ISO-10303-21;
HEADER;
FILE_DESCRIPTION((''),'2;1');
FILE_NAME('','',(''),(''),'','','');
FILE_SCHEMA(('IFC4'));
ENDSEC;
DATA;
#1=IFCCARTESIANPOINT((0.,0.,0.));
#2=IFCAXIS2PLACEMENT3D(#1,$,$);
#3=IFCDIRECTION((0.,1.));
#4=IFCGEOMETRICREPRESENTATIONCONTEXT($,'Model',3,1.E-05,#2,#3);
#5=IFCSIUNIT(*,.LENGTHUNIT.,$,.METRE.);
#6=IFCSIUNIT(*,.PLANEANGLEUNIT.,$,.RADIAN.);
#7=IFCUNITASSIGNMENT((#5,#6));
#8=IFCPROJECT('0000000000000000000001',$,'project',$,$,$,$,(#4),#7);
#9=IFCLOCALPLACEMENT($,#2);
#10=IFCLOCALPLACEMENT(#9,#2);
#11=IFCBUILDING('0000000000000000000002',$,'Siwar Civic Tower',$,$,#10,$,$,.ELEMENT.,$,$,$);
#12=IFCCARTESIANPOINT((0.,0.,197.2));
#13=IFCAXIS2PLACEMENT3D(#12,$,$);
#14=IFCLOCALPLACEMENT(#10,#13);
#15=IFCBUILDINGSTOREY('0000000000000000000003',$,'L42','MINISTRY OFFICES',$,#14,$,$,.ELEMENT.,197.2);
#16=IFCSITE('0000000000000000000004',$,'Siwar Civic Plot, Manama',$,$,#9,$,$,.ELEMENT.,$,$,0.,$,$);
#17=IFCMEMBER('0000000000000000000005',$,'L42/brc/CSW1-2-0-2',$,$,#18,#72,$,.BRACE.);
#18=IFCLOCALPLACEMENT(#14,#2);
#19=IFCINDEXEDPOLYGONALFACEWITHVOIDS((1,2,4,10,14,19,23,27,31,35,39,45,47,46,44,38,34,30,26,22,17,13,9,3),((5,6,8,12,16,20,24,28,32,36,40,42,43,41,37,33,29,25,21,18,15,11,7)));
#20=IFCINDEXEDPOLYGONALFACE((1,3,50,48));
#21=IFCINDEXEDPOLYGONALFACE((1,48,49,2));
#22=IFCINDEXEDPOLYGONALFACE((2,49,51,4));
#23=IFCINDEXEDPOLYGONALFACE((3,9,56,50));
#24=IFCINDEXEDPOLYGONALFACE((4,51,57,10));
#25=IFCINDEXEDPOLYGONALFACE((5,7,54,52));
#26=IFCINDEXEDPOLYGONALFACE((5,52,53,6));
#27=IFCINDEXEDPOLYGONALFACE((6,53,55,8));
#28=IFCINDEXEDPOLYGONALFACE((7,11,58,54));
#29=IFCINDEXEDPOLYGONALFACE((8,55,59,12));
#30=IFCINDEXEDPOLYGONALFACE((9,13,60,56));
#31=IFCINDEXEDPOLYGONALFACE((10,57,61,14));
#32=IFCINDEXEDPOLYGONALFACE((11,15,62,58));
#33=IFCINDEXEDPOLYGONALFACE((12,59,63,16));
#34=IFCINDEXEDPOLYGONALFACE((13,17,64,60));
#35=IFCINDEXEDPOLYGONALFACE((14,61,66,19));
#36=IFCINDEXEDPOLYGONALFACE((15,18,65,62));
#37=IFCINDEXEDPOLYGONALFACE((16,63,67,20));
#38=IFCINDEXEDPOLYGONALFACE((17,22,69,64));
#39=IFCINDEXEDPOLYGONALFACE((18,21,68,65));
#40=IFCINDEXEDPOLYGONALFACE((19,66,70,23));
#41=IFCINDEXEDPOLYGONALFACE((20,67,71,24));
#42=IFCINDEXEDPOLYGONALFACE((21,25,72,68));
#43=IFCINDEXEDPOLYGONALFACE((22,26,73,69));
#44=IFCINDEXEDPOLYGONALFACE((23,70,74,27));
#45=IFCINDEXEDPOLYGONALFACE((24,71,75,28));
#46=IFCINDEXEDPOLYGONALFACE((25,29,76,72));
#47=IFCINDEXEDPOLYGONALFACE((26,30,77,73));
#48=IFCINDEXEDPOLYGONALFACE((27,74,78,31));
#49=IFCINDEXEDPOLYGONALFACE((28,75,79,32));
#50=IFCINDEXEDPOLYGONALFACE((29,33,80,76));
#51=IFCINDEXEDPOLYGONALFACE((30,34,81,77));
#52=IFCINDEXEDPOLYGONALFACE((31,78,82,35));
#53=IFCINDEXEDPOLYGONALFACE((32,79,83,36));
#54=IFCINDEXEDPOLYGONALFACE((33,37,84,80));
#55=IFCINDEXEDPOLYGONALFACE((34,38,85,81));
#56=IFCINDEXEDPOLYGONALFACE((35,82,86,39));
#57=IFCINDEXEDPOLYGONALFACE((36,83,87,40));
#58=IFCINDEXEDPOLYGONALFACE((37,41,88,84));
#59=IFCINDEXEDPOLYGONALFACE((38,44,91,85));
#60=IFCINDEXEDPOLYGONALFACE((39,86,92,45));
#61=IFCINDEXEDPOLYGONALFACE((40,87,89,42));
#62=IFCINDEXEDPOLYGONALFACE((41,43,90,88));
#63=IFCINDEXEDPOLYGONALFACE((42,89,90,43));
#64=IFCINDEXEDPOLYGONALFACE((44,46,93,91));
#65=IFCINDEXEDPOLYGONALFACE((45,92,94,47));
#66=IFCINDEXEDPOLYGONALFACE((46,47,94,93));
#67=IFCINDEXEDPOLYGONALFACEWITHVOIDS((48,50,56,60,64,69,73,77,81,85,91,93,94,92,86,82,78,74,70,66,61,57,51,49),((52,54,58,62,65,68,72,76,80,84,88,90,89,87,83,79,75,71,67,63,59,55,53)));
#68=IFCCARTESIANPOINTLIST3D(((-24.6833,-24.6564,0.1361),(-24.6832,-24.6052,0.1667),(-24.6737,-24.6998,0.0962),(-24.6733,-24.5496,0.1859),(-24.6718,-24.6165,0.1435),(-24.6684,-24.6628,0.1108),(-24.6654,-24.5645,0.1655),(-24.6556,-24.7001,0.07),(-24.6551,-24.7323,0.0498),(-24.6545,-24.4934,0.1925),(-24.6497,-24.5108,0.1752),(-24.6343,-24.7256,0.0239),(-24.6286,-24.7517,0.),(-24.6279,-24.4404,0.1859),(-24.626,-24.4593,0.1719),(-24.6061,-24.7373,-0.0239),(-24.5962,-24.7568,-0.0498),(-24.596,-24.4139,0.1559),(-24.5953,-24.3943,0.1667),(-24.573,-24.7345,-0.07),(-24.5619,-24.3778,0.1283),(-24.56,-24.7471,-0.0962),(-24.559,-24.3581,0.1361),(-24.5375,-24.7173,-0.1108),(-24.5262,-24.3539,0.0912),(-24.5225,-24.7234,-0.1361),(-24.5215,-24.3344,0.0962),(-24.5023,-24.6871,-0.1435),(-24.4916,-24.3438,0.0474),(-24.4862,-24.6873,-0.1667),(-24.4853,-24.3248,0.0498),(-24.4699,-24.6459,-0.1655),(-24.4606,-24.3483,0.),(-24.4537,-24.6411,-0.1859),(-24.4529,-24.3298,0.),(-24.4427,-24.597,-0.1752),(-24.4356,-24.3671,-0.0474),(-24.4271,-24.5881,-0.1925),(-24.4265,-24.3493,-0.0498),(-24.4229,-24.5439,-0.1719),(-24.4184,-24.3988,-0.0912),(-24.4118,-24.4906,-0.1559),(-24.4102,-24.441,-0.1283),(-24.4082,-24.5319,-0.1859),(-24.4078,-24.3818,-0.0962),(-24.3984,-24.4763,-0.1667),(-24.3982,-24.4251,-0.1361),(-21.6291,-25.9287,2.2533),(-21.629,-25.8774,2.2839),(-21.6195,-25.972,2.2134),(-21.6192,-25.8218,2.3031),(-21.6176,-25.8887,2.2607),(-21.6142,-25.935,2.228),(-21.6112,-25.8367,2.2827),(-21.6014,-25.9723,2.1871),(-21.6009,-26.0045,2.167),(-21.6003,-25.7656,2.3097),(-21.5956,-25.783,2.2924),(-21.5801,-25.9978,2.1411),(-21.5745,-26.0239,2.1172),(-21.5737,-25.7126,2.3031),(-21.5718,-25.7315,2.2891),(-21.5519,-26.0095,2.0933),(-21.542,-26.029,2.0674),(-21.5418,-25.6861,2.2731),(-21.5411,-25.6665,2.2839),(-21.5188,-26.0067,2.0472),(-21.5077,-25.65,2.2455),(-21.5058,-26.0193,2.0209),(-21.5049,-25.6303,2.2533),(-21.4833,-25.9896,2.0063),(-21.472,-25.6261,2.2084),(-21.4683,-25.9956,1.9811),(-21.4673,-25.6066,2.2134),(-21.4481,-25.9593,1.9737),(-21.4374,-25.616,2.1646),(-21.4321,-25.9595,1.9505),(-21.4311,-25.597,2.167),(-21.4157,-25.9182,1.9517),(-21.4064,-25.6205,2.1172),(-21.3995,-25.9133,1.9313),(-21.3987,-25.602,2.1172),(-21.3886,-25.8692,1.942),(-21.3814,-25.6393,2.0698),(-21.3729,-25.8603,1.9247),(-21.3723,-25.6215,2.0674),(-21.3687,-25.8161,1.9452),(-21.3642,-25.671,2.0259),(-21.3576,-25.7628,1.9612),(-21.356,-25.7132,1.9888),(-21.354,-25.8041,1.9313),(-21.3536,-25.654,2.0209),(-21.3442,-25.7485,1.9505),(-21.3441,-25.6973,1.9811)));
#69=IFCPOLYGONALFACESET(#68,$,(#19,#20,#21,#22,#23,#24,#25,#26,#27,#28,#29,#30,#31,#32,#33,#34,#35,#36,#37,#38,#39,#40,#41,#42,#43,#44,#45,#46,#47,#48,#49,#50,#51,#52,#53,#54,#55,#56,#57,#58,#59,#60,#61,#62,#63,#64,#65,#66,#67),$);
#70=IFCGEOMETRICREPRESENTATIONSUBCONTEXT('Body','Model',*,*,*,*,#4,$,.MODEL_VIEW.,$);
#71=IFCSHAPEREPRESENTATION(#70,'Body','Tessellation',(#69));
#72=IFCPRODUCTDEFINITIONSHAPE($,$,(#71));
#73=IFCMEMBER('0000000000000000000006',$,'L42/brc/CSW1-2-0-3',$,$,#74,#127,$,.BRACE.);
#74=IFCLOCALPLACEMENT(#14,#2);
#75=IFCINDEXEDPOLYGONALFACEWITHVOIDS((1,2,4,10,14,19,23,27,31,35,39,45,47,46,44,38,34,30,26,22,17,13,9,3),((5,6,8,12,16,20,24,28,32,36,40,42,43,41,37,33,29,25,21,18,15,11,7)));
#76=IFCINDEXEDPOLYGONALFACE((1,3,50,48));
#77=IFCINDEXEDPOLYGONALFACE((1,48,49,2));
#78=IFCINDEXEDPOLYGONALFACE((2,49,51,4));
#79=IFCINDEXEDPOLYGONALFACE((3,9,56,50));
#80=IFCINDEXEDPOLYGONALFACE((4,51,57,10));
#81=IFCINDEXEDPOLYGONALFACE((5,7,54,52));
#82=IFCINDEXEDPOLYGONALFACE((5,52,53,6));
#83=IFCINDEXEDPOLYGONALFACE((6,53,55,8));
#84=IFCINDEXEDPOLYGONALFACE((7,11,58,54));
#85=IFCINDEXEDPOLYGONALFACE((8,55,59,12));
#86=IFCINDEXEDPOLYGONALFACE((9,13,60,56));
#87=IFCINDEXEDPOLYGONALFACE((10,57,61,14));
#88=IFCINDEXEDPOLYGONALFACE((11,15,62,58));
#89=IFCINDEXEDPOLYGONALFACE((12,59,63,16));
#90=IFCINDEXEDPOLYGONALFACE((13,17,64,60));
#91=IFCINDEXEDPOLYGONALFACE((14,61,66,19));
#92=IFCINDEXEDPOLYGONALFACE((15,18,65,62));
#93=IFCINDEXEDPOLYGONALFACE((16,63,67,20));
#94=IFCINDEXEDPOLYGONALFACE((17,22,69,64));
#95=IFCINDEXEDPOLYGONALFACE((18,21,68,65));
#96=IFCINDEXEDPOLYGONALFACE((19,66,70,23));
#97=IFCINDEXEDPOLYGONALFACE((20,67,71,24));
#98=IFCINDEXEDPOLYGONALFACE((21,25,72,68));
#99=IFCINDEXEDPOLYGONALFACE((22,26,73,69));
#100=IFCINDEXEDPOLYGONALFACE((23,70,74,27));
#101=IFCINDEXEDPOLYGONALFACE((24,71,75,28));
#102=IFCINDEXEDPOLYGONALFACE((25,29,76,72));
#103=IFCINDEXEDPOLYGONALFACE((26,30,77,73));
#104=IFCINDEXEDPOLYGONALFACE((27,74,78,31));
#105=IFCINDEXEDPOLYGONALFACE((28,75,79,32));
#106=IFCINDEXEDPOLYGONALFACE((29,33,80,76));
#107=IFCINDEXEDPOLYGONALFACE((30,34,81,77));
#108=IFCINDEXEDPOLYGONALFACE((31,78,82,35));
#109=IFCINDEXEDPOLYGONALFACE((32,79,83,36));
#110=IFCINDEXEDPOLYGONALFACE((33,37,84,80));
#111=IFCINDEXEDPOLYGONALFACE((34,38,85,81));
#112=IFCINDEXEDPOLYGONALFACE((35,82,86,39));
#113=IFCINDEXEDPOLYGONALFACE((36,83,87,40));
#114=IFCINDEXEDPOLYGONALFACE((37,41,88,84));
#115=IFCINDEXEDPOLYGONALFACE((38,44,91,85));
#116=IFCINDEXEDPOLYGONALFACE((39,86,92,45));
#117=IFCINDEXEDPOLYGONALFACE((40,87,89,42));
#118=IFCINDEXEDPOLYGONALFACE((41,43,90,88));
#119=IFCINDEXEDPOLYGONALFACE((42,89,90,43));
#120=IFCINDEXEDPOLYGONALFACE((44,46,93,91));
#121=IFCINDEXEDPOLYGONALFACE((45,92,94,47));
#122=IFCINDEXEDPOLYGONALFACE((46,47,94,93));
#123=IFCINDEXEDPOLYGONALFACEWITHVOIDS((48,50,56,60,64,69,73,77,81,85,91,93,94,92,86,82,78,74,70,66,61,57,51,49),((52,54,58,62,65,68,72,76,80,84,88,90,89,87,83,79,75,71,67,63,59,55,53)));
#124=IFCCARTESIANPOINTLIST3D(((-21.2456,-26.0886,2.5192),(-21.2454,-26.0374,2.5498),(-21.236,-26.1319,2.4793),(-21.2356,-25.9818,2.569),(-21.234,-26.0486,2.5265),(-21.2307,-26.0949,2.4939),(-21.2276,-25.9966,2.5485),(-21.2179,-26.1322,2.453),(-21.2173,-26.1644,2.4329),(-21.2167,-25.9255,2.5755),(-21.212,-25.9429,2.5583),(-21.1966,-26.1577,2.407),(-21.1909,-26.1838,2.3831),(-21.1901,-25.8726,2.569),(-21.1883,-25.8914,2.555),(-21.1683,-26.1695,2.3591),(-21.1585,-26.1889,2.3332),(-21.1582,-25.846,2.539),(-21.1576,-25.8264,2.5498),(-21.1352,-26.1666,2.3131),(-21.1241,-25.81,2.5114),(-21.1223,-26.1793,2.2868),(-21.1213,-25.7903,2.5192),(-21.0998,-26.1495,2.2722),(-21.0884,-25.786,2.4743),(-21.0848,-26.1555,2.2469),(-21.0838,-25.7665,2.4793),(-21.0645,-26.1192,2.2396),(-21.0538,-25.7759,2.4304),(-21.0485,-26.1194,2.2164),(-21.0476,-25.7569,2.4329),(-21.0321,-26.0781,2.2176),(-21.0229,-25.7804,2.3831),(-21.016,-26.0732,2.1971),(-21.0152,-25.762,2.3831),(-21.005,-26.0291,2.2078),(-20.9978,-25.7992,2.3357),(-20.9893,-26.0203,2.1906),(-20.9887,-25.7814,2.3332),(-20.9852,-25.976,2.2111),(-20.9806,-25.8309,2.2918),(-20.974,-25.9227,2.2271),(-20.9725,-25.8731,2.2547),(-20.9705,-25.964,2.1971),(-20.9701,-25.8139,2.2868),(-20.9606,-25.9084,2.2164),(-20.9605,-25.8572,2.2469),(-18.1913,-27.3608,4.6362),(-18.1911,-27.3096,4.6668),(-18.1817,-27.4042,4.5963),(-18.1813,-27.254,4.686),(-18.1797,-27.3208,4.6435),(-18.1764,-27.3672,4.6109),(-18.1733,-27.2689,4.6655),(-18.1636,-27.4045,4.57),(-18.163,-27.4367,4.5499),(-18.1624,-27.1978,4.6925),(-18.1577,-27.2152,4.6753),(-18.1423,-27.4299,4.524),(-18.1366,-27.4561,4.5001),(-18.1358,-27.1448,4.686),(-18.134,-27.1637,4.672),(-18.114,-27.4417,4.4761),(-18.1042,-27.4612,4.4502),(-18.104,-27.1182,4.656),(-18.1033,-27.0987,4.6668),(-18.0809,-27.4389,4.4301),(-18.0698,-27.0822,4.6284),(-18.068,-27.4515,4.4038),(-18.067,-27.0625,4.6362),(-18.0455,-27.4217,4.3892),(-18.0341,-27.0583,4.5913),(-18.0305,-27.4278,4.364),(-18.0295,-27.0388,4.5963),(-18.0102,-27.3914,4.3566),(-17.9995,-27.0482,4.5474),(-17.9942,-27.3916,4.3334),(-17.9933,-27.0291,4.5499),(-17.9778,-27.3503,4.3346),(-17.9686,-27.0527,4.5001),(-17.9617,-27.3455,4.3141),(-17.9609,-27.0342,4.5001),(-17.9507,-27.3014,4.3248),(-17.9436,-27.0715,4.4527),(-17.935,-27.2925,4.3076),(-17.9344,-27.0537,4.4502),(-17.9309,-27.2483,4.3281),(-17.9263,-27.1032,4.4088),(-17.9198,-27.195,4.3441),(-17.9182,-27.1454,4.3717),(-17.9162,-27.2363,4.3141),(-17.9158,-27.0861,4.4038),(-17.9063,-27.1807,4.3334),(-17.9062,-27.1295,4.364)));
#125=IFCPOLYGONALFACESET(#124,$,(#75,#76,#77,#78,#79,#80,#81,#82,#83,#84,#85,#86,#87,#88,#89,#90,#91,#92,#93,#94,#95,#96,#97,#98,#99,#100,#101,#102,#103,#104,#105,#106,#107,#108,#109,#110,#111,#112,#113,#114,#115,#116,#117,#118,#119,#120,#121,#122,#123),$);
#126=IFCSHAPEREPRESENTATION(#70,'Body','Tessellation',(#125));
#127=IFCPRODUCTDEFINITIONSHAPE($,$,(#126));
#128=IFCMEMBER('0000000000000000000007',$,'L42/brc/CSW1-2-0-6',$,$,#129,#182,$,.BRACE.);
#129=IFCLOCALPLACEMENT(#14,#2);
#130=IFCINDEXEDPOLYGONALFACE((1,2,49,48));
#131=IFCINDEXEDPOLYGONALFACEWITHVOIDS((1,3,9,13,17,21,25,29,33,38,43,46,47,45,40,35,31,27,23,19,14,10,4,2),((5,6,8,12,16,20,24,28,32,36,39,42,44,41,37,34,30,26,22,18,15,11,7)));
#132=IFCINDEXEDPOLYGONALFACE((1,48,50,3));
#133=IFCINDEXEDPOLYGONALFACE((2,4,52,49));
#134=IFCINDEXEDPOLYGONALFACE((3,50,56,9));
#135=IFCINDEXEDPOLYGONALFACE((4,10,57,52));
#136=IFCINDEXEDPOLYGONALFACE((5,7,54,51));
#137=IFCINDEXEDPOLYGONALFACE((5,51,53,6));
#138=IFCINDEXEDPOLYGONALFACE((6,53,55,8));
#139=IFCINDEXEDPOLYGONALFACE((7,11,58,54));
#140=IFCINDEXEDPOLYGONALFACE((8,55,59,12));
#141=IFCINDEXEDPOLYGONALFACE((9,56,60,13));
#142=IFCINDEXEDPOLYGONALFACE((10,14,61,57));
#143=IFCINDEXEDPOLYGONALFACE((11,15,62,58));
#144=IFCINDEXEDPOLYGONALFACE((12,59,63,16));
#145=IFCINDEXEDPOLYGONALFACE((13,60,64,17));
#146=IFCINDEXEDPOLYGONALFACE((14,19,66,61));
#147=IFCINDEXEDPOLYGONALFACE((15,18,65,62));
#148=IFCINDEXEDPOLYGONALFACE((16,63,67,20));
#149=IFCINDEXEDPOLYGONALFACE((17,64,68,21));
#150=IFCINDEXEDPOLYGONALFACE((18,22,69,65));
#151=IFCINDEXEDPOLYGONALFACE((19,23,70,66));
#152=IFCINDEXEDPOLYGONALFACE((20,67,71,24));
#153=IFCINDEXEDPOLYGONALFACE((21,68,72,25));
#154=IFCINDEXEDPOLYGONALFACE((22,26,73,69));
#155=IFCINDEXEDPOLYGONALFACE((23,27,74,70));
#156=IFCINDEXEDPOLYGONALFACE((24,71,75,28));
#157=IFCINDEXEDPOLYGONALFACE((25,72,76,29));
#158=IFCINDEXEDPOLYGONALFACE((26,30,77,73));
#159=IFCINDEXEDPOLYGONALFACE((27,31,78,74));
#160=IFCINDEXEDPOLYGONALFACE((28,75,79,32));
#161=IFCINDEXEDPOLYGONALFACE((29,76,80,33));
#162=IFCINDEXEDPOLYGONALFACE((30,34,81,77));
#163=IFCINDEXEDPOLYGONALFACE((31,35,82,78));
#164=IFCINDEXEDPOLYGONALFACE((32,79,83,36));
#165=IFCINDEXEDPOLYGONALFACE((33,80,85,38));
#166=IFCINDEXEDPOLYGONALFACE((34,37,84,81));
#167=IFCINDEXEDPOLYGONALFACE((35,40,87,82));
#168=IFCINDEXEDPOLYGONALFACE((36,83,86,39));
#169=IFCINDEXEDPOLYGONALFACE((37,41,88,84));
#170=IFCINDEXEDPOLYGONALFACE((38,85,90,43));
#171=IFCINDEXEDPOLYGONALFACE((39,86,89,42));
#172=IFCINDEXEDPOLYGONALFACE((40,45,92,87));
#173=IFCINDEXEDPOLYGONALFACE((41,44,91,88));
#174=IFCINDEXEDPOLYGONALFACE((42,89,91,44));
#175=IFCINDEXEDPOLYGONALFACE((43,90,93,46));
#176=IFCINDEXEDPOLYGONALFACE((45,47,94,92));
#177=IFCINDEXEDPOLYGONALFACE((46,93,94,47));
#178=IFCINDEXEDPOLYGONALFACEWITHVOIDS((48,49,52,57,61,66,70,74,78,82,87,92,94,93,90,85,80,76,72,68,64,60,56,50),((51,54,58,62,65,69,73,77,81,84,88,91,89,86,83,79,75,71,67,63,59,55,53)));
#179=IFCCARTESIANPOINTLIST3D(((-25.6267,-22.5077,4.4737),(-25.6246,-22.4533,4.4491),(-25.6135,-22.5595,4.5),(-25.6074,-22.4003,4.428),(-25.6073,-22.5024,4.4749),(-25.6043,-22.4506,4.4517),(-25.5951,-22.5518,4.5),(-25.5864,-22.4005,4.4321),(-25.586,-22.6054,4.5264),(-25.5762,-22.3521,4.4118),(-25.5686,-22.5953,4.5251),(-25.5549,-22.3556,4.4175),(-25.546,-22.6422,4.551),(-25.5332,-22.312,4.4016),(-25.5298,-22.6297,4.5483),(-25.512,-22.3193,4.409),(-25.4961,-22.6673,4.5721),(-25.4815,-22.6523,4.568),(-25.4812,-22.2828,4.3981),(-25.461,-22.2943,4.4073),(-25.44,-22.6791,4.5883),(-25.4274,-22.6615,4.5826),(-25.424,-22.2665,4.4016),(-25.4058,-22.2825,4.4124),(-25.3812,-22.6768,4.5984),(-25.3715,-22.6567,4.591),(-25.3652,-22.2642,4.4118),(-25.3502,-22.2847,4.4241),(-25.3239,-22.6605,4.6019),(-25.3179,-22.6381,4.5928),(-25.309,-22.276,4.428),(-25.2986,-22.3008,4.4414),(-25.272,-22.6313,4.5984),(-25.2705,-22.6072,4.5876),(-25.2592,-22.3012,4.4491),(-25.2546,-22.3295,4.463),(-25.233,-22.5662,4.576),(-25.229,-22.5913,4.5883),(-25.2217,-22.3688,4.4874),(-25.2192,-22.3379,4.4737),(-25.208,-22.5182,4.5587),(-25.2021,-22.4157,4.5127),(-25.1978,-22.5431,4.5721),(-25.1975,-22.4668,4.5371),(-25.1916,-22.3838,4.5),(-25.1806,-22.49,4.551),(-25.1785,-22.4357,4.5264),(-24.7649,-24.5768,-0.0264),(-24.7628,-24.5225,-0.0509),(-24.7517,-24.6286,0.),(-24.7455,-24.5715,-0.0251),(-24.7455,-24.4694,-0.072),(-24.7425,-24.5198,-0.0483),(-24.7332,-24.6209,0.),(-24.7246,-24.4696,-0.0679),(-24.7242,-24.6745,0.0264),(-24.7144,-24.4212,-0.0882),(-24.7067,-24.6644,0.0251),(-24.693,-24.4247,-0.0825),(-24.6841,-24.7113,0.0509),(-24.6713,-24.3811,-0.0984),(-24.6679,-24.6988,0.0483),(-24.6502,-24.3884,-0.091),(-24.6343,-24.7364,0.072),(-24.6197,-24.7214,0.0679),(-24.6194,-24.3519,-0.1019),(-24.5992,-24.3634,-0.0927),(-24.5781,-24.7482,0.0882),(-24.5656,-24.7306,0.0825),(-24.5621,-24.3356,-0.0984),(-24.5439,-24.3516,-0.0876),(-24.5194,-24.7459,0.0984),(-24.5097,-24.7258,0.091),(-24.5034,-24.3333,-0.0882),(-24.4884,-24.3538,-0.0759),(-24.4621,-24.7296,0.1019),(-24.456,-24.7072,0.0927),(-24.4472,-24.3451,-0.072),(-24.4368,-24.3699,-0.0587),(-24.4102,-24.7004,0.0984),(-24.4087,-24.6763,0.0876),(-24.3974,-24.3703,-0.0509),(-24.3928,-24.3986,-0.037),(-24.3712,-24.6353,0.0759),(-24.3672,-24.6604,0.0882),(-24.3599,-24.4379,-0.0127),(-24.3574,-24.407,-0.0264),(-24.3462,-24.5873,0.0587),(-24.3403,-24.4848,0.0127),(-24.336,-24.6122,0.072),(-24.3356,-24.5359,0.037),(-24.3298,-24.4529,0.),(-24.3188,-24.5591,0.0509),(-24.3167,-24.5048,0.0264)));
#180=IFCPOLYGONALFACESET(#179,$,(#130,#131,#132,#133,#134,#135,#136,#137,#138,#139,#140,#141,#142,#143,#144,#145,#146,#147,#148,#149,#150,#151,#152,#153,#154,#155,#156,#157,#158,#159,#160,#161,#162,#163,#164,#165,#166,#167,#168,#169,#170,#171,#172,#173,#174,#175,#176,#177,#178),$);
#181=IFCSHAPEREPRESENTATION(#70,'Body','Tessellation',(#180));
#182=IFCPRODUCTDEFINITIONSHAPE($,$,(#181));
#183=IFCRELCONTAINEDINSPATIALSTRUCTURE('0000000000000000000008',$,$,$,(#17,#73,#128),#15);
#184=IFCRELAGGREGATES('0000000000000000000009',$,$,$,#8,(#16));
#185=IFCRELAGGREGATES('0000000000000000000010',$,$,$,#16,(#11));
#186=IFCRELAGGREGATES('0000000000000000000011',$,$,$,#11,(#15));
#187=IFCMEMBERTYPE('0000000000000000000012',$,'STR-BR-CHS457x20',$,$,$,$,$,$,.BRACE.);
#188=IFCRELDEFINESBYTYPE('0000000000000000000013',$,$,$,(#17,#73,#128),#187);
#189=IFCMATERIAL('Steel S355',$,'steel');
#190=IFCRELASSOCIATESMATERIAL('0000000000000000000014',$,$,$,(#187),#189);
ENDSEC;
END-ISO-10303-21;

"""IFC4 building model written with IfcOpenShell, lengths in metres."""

from ifc_helpers import new_model, si_unit, direction, frame, origin, origin_2d, place, context, subcontext, project, spatial, hollow_circle, extrude, material, material_profile, profile_set, type_object, element, save


model = new_model("IFC4")

# Units and contexts
model_context = context("Model", 3, precision=1e-05, world=origin(), true_north=direction((0.0, 1.0)))
body_context = subcontext(model_context, "Body", "Model", "MODEL_VIEW")
ifc_project = project(units=[si_unit("LENGTHUNIT", "METRE"), si_unit("PLANEANGLEUNIT", "RADIAN")], contexts=[model_context])

# Site, building, storey
site_placement = place(None, origin())
site = spatial("IfcSite", under=ifc_project, at=site_placement, Name="Siwar Civic Plot, Manama", CompositionType="ELEMENT", RefElevation=0.0)
building_placement = place(site_placement, origin())
building = spatial("IfcBuilding", under=site, at=building_placement, Name="Siwar Civic Tower", CompositionType="ELEMENT")
storey_placement = place(building_placement, frame((0.0, 0.0, 197.2)))
storey = spatial("IfcBuildingStorey", under=building, at=storey_placement, Name="L42", Description="MINISTRY OFFICES", CompositionType="ELEMENT", Elevation=197.2)

# Members
ifc_material_1 = material(Name="Steel S355", Category="steel")
ifc_material_profile_1 = material_profile(ifc_material_1, hollow_circle(Radius=0.2285, WallThickness=0.02, at=origin_2d()), Name="CHS457x20")
ifc_profile_set_1 = profile_set([ifc_material_profile_1], Name="Steel S355")
member_type_1 = type_object("IfcMemberType", Name="STR-BR-CHS457x20", PredefinedType="BRACE", material=ifc_profile_set_1)
for number, where, z_axis, x_axis, name in (
    (1, (-24.5408, -24.5408, 0.0), (0.777546, -0.323884, 0.538999), (0.384521, 0.923116, 0.0), "L42/brc/CSW1-2-0-2"),
    (2, (-21.103, -25.9729, 2.3831), (0.777572, -0.323895, 0.538955), (0.384521, 0.923116, 0.0), "L42/brc/CSW1-2-0-3"),
):
    element("IfcMember", number, at=place(storey_placement, frame(where, z_axis=z_axis, x_axis=x_axis)), inside=storey, type_object=member_type_1, Name=name, PredefinedType="BRACE", context=body_context, shape_type="SweptSolid", body=[
        extrude(hollow_circle(Radius=0.2285, WallThickness=0.02, at=origin_2d()), origin(), (0.0, 0.0, 1.0), 3.928),
    ])
member_1_placement = place(storey_placement, frame((-24.5408, -24.5408, 0.0), z_axis=(-0.171427, 0.41157, 0.895111), x_axis=(-0.923125, -0.384499, 0.0)))
element("IfcMember", 3, at=member_1_placement, inside=storey, type_object=member_type_1, Name="L42/brc/CSW1-2-0-6", PredefinedType="BRACE", context=body_context, shape_type="SweptSolid", body=[
    extrude(hollow_circle(Radius=0.2285, WallThickness=0.02, at=origin_2d()), origin(), (0.0, 0.0, 1.0), 5.0273),
])

save(model, "model.ifc")
